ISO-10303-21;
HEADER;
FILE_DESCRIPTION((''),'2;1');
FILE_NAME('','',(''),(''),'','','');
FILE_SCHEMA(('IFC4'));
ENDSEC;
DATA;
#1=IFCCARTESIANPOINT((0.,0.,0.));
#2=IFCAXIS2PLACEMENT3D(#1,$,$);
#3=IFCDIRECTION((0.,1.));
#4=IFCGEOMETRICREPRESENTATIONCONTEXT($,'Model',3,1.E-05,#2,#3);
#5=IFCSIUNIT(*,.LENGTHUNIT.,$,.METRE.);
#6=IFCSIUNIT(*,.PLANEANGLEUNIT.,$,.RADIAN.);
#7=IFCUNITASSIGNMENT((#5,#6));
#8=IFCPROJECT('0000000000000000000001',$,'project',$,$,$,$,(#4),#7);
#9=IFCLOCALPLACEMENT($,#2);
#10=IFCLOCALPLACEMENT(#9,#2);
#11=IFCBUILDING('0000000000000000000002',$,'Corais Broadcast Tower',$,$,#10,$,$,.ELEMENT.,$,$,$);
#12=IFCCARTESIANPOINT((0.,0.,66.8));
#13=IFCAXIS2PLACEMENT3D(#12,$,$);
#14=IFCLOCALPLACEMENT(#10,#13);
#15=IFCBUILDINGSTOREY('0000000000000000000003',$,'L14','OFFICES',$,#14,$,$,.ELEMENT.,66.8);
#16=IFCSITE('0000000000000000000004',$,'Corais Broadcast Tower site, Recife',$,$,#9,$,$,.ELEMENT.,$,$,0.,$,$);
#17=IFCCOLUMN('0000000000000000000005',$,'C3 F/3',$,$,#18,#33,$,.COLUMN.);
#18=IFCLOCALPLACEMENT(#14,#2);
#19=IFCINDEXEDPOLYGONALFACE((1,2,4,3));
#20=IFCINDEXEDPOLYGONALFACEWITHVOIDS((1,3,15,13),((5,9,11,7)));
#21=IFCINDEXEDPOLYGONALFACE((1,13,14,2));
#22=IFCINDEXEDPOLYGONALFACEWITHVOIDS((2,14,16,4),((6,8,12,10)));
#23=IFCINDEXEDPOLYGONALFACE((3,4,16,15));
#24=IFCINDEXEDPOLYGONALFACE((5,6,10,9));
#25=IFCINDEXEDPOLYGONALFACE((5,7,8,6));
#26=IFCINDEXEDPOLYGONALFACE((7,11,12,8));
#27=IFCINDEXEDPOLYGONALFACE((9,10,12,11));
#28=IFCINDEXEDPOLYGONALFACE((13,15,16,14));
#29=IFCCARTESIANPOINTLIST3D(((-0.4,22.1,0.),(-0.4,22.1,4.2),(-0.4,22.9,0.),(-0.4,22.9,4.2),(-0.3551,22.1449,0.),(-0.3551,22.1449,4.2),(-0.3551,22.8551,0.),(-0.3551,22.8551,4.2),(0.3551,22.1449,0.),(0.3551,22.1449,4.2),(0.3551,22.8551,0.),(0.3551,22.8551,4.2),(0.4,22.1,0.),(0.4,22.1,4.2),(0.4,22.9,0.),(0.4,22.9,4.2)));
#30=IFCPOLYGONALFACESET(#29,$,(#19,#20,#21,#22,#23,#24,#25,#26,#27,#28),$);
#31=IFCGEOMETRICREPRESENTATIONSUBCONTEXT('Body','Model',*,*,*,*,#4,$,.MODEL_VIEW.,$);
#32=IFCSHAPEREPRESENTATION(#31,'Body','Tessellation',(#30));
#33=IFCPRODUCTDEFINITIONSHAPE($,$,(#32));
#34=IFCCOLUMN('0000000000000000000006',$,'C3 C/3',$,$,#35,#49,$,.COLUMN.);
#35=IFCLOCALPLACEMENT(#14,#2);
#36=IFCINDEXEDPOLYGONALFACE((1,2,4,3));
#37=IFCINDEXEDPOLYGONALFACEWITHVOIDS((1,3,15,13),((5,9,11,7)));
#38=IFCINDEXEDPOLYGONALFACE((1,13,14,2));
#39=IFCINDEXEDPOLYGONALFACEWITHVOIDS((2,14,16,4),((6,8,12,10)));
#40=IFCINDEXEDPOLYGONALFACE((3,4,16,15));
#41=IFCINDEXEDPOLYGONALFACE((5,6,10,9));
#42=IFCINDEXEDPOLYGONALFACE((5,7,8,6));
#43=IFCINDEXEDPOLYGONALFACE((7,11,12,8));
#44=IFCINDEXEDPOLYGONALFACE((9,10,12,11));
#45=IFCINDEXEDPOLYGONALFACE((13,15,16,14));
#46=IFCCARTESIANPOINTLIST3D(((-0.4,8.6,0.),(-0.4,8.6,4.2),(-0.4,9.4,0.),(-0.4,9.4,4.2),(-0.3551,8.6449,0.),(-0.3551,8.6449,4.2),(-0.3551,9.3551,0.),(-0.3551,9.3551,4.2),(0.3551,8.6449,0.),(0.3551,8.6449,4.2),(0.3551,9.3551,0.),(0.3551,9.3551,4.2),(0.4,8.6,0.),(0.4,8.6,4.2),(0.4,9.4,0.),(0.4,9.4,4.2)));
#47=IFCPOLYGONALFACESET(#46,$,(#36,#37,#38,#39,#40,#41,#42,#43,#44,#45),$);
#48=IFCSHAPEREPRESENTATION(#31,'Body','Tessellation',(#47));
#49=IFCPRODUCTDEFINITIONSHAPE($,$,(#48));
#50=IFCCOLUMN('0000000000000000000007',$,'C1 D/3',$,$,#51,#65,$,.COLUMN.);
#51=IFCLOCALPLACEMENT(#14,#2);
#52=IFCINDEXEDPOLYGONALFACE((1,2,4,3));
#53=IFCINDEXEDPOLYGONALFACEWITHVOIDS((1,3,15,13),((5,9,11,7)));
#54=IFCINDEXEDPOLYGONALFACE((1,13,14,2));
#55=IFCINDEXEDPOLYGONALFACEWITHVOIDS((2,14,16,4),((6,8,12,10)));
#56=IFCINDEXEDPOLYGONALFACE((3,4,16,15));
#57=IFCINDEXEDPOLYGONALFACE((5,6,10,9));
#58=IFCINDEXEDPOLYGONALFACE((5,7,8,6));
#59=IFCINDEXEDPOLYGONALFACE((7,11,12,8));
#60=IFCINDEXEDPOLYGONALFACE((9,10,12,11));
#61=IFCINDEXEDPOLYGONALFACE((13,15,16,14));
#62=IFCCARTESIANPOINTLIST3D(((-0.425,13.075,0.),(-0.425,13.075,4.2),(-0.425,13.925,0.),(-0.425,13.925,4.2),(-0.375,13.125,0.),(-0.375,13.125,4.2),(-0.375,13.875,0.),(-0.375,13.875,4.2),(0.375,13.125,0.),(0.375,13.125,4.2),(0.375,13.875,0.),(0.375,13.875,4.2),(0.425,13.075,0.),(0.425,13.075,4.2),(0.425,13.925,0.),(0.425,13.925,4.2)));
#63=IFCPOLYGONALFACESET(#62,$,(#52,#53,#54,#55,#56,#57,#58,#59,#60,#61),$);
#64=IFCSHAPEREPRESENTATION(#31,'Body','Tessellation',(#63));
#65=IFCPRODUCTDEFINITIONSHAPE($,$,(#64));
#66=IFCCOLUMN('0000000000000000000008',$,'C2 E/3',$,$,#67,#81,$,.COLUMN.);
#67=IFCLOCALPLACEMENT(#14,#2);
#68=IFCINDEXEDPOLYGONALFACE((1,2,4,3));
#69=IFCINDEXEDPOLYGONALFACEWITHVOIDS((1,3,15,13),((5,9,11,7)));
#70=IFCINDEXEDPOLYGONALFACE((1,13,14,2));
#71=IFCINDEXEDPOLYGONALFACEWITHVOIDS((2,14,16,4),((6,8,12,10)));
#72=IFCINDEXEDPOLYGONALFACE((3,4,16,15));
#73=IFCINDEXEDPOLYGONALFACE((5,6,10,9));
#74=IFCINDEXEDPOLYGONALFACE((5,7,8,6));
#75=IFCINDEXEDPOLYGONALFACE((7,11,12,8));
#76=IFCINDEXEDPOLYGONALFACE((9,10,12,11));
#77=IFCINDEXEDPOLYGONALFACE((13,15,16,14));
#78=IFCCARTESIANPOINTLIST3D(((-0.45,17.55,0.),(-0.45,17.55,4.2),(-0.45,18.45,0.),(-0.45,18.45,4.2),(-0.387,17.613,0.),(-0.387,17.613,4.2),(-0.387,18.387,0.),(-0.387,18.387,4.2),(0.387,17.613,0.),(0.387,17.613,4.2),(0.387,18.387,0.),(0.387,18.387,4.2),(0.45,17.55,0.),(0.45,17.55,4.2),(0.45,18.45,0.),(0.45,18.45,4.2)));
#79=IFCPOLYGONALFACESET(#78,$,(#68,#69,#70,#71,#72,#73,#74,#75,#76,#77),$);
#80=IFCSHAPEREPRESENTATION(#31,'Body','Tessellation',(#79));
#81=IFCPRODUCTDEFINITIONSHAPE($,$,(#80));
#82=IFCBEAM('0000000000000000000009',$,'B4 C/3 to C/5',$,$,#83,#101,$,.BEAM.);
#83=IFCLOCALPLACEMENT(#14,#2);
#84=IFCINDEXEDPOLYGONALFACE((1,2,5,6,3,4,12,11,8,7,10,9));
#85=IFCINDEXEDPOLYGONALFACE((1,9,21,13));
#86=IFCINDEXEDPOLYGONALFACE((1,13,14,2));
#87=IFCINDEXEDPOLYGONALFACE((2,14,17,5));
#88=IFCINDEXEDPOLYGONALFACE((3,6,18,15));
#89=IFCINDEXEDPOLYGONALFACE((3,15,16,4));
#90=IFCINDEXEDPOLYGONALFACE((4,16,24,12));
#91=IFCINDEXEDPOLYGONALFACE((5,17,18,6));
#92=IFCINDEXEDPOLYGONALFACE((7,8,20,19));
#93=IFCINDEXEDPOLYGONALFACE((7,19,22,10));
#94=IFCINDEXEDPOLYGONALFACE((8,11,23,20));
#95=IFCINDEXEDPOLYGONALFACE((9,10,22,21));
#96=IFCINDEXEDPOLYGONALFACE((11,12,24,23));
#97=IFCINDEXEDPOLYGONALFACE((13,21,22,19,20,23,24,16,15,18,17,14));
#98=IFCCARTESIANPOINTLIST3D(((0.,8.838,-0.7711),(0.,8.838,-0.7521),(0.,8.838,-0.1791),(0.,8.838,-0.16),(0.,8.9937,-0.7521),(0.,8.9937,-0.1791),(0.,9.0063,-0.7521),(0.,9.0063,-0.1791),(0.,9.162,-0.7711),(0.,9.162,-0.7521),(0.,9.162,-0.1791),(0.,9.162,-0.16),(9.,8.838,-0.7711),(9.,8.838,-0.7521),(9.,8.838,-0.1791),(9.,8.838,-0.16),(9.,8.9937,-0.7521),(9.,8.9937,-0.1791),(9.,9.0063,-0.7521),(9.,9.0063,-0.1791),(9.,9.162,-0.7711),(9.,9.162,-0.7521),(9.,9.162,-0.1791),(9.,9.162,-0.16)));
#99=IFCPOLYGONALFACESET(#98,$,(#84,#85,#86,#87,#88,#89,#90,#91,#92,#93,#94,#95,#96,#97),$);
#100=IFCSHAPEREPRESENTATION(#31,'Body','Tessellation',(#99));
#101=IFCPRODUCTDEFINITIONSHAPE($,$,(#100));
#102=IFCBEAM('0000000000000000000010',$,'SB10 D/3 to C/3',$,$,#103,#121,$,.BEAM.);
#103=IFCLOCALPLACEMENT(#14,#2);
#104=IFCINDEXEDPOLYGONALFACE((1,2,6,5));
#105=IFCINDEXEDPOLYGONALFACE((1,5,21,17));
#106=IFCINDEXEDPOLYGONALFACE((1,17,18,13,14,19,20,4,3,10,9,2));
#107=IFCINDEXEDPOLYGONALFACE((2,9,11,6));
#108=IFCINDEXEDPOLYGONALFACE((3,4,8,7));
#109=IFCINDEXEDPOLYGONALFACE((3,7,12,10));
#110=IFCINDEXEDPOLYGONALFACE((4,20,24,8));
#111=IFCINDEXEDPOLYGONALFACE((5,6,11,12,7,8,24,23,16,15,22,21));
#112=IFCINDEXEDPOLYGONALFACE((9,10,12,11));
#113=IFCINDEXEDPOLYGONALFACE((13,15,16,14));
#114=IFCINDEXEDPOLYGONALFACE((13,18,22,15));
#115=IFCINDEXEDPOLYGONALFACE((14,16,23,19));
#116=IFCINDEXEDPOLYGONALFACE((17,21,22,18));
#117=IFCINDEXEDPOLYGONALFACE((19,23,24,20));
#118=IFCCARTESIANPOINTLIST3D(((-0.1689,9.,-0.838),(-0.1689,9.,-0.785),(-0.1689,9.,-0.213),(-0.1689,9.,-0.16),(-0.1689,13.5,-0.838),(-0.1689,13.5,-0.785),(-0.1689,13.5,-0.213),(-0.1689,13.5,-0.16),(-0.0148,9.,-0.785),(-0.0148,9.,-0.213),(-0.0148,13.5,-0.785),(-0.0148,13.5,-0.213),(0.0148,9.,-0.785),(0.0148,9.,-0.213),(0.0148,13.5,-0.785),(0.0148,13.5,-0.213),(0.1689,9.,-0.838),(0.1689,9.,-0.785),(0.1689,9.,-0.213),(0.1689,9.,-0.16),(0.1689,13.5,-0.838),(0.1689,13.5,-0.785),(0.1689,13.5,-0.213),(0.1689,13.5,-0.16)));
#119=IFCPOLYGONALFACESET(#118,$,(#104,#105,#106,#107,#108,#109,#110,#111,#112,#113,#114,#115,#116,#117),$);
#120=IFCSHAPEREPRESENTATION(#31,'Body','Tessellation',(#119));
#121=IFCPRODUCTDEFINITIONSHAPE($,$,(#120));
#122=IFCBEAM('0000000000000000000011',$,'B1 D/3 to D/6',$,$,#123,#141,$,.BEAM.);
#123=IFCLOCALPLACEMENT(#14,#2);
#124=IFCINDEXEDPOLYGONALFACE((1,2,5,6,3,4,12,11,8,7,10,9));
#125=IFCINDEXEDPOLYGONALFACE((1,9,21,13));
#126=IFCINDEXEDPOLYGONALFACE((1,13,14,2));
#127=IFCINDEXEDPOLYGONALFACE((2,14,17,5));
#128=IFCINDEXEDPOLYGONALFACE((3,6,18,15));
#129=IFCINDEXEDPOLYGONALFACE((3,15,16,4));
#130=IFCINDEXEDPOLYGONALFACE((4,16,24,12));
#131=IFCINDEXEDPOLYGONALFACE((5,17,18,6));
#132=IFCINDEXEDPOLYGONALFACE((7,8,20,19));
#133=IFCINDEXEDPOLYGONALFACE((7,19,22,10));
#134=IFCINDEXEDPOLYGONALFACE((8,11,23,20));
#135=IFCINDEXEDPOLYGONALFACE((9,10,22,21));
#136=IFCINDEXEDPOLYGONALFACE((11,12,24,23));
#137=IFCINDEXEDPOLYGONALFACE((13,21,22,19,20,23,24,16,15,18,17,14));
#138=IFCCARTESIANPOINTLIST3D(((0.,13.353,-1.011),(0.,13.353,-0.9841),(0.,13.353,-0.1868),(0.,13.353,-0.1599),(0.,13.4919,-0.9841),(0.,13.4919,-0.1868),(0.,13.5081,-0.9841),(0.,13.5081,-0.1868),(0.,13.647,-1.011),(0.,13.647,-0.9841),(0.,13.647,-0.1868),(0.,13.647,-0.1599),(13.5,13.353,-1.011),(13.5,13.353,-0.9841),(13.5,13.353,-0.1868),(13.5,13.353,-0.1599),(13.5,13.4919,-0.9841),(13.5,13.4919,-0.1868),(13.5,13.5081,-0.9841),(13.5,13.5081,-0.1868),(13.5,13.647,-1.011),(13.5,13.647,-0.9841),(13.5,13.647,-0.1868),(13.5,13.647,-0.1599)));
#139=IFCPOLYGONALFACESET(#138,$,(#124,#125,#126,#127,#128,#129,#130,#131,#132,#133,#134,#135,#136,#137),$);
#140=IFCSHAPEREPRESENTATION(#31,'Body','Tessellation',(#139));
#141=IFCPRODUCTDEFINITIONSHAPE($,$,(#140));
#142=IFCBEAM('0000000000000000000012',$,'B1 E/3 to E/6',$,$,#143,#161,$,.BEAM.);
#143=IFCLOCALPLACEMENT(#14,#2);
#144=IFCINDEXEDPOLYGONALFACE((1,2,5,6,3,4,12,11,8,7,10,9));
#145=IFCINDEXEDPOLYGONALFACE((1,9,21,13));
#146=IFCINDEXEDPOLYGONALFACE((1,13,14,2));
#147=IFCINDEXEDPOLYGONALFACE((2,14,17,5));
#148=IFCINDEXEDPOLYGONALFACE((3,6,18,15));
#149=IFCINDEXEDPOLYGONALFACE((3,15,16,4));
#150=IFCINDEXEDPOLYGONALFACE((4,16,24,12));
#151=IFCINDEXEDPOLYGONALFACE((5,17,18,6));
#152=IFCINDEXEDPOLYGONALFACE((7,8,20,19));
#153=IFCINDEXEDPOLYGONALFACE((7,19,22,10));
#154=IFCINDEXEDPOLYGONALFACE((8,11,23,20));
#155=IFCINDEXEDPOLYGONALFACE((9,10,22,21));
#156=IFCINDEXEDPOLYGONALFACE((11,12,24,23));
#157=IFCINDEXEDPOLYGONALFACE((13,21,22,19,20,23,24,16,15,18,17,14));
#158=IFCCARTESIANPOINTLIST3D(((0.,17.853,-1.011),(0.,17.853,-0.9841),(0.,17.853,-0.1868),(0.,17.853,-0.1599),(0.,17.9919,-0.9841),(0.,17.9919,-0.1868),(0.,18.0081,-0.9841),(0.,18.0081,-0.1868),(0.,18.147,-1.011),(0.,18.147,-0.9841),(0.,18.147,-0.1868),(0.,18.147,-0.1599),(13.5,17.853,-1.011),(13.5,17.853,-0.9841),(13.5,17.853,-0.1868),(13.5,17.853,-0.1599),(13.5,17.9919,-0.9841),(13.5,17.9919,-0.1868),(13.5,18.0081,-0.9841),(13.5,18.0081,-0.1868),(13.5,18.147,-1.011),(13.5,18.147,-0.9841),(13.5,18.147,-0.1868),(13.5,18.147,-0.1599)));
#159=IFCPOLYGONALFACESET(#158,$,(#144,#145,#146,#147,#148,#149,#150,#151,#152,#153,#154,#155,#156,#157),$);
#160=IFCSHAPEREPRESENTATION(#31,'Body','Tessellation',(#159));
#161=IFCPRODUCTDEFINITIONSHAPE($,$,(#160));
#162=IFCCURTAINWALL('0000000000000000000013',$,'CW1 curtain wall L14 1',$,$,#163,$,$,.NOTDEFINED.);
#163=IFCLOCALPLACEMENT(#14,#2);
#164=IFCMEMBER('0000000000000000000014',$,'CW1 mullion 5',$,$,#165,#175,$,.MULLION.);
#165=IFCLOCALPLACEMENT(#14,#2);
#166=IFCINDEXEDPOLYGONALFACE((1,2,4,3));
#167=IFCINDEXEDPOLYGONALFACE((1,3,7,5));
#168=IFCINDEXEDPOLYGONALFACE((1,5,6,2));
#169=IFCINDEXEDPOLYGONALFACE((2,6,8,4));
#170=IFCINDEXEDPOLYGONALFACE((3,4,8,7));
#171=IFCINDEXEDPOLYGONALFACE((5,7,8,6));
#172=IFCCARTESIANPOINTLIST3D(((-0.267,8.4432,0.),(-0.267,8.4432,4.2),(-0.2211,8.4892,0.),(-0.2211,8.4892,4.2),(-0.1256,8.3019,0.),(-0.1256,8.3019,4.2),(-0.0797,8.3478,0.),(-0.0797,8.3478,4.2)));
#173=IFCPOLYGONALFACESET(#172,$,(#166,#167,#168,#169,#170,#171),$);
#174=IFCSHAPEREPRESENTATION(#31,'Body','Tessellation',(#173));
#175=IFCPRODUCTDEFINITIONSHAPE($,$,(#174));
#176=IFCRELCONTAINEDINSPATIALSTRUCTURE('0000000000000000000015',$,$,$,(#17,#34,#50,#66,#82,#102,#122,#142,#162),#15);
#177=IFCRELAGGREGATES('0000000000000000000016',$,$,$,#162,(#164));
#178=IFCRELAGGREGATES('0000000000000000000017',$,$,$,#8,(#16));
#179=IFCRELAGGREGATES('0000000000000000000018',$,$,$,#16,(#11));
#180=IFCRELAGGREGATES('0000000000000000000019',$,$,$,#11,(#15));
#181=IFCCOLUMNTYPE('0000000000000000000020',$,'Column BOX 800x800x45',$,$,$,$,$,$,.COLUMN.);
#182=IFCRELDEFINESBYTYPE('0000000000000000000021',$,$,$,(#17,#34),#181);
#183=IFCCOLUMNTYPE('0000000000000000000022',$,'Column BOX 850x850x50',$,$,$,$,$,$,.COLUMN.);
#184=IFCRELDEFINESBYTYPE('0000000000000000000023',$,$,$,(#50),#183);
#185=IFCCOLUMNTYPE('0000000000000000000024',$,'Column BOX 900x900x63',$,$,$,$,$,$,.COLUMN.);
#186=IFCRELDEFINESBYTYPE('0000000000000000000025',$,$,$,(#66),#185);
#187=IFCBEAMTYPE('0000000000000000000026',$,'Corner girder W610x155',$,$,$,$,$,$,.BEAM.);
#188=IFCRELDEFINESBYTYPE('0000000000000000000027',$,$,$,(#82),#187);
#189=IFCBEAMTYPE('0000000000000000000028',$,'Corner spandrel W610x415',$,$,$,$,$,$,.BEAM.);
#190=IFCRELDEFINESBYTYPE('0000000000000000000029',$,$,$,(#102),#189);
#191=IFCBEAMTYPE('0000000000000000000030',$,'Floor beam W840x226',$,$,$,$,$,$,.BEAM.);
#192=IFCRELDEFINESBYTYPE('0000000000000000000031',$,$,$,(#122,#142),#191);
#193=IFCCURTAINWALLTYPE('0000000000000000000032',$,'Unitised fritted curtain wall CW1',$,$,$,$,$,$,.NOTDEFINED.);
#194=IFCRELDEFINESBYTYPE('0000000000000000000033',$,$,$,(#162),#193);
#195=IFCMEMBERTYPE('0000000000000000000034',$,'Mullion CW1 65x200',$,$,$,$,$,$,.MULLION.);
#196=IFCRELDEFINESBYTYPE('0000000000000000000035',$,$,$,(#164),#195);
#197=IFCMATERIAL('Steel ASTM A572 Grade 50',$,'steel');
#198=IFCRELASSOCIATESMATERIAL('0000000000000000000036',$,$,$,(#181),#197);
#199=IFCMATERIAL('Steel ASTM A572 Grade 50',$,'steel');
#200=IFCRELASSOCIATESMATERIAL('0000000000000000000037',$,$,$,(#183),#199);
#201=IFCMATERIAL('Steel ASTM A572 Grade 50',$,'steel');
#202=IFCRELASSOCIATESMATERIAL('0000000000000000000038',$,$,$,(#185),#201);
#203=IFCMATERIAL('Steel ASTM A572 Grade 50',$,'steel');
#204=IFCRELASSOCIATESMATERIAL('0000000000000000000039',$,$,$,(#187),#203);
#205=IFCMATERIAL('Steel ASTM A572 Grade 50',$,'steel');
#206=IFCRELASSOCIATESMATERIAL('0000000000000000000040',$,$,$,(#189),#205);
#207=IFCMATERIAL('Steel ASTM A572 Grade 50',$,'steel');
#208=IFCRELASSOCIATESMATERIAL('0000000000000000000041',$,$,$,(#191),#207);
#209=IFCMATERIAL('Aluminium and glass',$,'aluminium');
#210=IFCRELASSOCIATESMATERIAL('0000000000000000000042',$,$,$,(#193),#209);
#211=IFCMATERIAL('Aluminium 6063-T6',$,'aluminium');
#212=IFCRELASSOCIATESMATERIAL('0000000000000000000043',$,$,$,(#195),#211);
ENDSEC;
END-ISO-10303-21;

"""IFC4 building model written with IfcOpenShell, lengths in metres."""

from ifc_helpers import new_model, si_unit, direction, frame, origin, origin_2d, place, context, subcontext, project, spatial, rectangle, hollow_rectangle, i_section, extrude, material, material_profile, profile_set, type_object, element, aggregate, save


model = new_model("IFC4")

# Units and contexts
model_context = context("Model", 3, precision=1e-05, world=origin(), true_north=direction((0.0, 1.0)))
body_context = subcontext(model_context, "Body", "Model", "MODEL_VIEW")
ifc_project = project(units=[si_unit("LENGTHUNIT", "METRE"), si_unit("PLANEANGLEUNIT", "RADIAN")], contexts=[model_context])

# Site, building, storey
site_placement = place(None, origin())
site = spatial("IfcSite", under=ifc_project, at=site_placement, Name="Corais Broadcast Tower site, Recife", CompositionType="ELEMENT", RefElevation=0.0)
building_placement = place(site_placement, origin())
building = spatial("IfcBuilding", under=site, at=building_placement, Name="Corais Broadcast Tower", CompositionType="ELEMENT")
storey_placement = place(building_placement, frame((0.0, 0.0, 66.8)))
storey = spatial("IfcBuildingStorey", under=building, at=storey_placement, Name="L14", Description="OFFICES", CompositionType="ELEMENT", Elevation=66.8)

# Columns
ifc_material_1 = material(Name="Steel ASTM A572 Grade 50", Category="steel")
ifc_material_profile_1 = material_profile(ifc_material_1, hollow_rectangle(XDim=0.8, YDim=0.8, WallThickness=0.0449, at=origin_2d()), Name="BOX 800x800x45")
ifc_profile_set_1 = profile_set([ifc_material_profile_1], Name="Steel ASTM A572 Grade 50")
column_type_1 = type_object("IfcColumnType", Name="Column BOX 800x800x45", PredefinedType="COLUMN", material=ifc_profile_set_1)
for number, where, z_axis, x_axis, name in (
    (1, (0.0, 22.5, 0.0), (0.0, 0.0, 1.0), (1.0, 0.0, 0.0), "C3 F/3"),
    (2, (0.0, 9.0, 0.0), (0.0, 0.0, 1.0), (1.0, 0.0, 0.0), "C3 C/3"),
):
    element("IfcColumn", number, at=place(storey_placement, frame(where, z_axis=z_axis, x_axis=x_axis)), inside=storey, type_object=column_type_1, Name=name, PredefinedType="COLUMN", context=body_context, shape_type="SweptSolid", body=[
        extrude(hollow_rectangle(XDim=0.8, YDim=0.8, WallThickness=0.0449, at=origin_2d()), origin(), (0.0, 0.0, 1.0), 4.2),
    ])
ifc_material_2 = material(Name="Steel ASTM A572 Grade 50", Category="steel")
ifc_material_profile_2 = material_profile(ifc_material_2, hollow_rectangle(XDim=0.8501, YDim=0.8501, WallThickness=0.05, at=origin_2d()), Name="BOX 850x850x50")
ifc_profile_set_2 = profile_set([ifc_material_profile_2], Name="Steel ASTM A572 Grade 50")
column_type_2 = type_object("IfcColumnType", Name="Column BOX 850x850x50", PredefinedType="COLUMN", material=ifc_profile_set_2)
column_1_placement = place(storey_placement, frame((0.0, 13.5, 0.0), z_axis=(0.0, 0.0, 1.0), x_axis=(1.0, 0.0, 0.0)))
element("IfcColumn", 3, at=column_1_placement, inside=storey, type_object=column_type_2, Name="C1 D/3", PredefinedType="COLUMN", context=body_context, shape_type="SweptSolid", body=[
    extrude(hollow_rectangle(XDim=0.8501, YDim=0.8501, WallThickness=0.05, at=origin_2d()), origin(), (0.0, 0.0, 1.0), 4.2),
])
ifc_material_3 = material(Name="Steel ASTM A572 Grade 50", Category="steel")
ifc_material_profile_3 = material_profile(ifc_material_3, hollow_rectangle(XDim=0.8999, YDim=0.8999, WallThickness=0.063, at=origin_2d()), Name="BOX 900x900x63")
ifc_profile_set_3 = profile_set([ifc_material_profile_3], Name="Steel ASTM A572 Grade 50")
column_type_3 = type_object("IfcColumnType", Name="Column BOX 900x900x63", PredefinedType="COLUMN", material=ifc_profile_set_3)
column_2_placement = place(storey_placement, frame((0.0, 18.0, 0.0), z_axis=(0.0, 0.0, 1.0), x_axis=(1.0, 0.0, 0.0)))
element("IfcColumn", 4, at=column_2_placement, inside=storey, type_object=column_type_3, Name="C2 E/3", PredefinedType="COLUMN", context=body_context, shape_type="SweptSolid", body=[
    extrude(hollow_rectangle(XDim=0.8999, YDim=0.8999, WallThickness=0.063, at=origin_2d()), origin(), (0.0, 0.0, 1.0), 4.2),
])

# Beams
ifc_material_4 = material(Name="Steel ASTM A572 Grade 50", Category="steel")
ifc_material_profile_4 = material_profile(ifc_material_4, i_section(OverallWidth=0.324, OverallDepth=0.6111, WebThickness=0.0127, FlangeThickness=0.019, at=origin_2d()), Name="W610x155")
ifc_profile_set_4 = profile_set([ifc_material_profile_4], Name="Steel ASTM A572 Grade 50")
beam_type_1 = type_object("IfcBeamType", Name="Corner girder W610x155", PredefinedType="BEAM", material=ifc_profile_set_4)
beam_1_placement = place(storey_placement, frame((0.0, 9.0, -0.4656), z_axis=(1.0, 0.0, 0.0), x_axis=(0.0, 1.0, 0.0)))
element("IfcBeam", 5, at=beam_1_placement, inside=storey, type_object=beam_type_1, Name="B4 C/3 to C/5", PredefinedType="BEAM", context=body_context, shape_type="SweptSolid", body=[
    extrude(i_section(OverallWidth=0.324, OverallDepth=0.6111, WebThickness=0.0127, FlangeThickness=0.019, at=origin_2d()), origin(), (0.0, 0.0, 1.0), 9.0),
])
ifc_material_5 = material(Name="Steel ASTM A572 Grade 50", Category="steel")
ifc_material_profile_5 = material_profile(ifc_material_5, i_section(OverallWidth=0.3379, OverallDepth=0.678, WebThickness=0.0295, FlangeThickness=0.053, at=origin_2d()), Name="W610x415")
ifc_profile_set_5 = profile_set([ifc_material_profile_5], Name="Steel ASTM A572 Grade 50")
beam_type_2 = type_object("IfcBeamType", Name="Corner spandrel W610x415", PredefinedType="BEAM", material=ifc_profile_set_5)
beam_2_placement = place(storey_placement, frame((0.0, 13.5, -0.499), z_axis=(0.0, -1.0, 0.0), x_axis=(1.0, 0.0, 0.0)))
element("IfcBeam", 6, at=beam_2_placement, inside=storey, type_object=beam_type_2, Name="SB10 D/3 to C/3", PredefinedType="BEAM", context=body_context, shape_type="SweptSolid", body=[
    extrude(i_section(OverallWidth=0.3379, OverallDepth=0.678, WebThickness=0.0295, FlangeThickness=0.053, at=origin_2d()), origin(), (0.0, 0.0, 1.0), 4.5),
])
ifc_material_6 = material(Name="Steel ASTM A572 Grade 50", Category="steel")
ifc_material_profile_6 = material_profile(ifc_material_6, i_section(OverallWidth=0.2939, OverallDepth=0.8511, WebThickness=0.0161, FlangeThickness=0.0269, at=origin_2d()), Name="W840x226")
ifc_profile_set_6 = profile_set([ifc_material_profile_6], Name="Steel ASTM A572 Grade 50")
beam_type_3 = type_object("IfcBeamType", Name="Floor beam W840x226", PredefinedType="BEAM", material=ifc_profile_set_6)
for number, where, z_axis, x_axis, name in (
    (7, (0.0, 13.5, -0.5854), (1.0, 0.0, 0.0), (0.0, 1.0, 0.0), "B1 D/3 to D/6"),
    (8, (0.0, 18.0, -0.5854), (1.0, 0.0, 0.0), (0.0, 1.0, 0.0), "B1 E/3 to E/6"),
):
    element("IfcBeam", number, at=place(storey_placement, frame(where, z_axis=z_axis, x_axis=x_axis)), inside=storey, type_object=beam_type_3, Name=name, PredefinedType="BEAM", context=body_context, shape_type="SweptSolid", body=[
        extrude(i_section(OverallWidth=0.2939, OverallDepth=0.8511, WebThickness=0.0161, FlangeThickness=0.0269, at=origin_2d()), origin(), (0.0, 0.0, 1.0), 13.5),
    ])

# Curtain wall, member
ifc_material_7 = material(Name="Aluminium and glass", Category="aluminium")
curtain_wall_type = type_object("IfcCurtainWallType", Name="Unitised fritted curtain wall CW1", PredefinedType="NOTDEFINED", material=ifc_material_7)
curtain_wall_1_placement = place(storey_placement, origin())
curtain_wall_1 = element("IfcCurtainWall", 9, at=curtain_wall_1_placement, inside=storey, type_object=curtain_wall_type, Name="CW1 curtain wall L14 1", PredefinedType="NOTDEFINED")
ifc_material_8 = material(Name="Aluminium 6063-T6", Category="aluminium")
ifc_material_profile_7 = material_profile(ifc_material_8, rectangle(XDim=0.0649, YDim=0.2, at=origin_2d()), Name="Mullion CW1 65x200")
ifc_profile_set_7 = profile_set([ifc_material_profile_7], Name="Aluminium 6063-T6")
member_type_1 = type_object("IfcMemberType", Name="Mullion CW1 65x200", PredefinedType="MULLION", material=ifc_profile_set_7)
member_1_placement = place(storey_placement, frame((-0.1733, 8.3955, 0.0), z_axis=(0.0, 0.0, 1.0), x_axis=(-0.707107, -0.707107, 0.0)))
member_1 = element("IfcMember", 10, at=member_1_placement, type_object=member_type_1, Name="CW1 mullion 5", PredefinedType="MULLION", context=body_context, shape_type="SweptSolid", body=[
    extrude(rectangle(XDim=0.0649, YDim=0.2, at=origin_2d()), origin(), (0.0, 0.0, 1.0), 4.2),
])
aggregate(curtain_wall_1, [member_1])

save(model, "model.ifc")
